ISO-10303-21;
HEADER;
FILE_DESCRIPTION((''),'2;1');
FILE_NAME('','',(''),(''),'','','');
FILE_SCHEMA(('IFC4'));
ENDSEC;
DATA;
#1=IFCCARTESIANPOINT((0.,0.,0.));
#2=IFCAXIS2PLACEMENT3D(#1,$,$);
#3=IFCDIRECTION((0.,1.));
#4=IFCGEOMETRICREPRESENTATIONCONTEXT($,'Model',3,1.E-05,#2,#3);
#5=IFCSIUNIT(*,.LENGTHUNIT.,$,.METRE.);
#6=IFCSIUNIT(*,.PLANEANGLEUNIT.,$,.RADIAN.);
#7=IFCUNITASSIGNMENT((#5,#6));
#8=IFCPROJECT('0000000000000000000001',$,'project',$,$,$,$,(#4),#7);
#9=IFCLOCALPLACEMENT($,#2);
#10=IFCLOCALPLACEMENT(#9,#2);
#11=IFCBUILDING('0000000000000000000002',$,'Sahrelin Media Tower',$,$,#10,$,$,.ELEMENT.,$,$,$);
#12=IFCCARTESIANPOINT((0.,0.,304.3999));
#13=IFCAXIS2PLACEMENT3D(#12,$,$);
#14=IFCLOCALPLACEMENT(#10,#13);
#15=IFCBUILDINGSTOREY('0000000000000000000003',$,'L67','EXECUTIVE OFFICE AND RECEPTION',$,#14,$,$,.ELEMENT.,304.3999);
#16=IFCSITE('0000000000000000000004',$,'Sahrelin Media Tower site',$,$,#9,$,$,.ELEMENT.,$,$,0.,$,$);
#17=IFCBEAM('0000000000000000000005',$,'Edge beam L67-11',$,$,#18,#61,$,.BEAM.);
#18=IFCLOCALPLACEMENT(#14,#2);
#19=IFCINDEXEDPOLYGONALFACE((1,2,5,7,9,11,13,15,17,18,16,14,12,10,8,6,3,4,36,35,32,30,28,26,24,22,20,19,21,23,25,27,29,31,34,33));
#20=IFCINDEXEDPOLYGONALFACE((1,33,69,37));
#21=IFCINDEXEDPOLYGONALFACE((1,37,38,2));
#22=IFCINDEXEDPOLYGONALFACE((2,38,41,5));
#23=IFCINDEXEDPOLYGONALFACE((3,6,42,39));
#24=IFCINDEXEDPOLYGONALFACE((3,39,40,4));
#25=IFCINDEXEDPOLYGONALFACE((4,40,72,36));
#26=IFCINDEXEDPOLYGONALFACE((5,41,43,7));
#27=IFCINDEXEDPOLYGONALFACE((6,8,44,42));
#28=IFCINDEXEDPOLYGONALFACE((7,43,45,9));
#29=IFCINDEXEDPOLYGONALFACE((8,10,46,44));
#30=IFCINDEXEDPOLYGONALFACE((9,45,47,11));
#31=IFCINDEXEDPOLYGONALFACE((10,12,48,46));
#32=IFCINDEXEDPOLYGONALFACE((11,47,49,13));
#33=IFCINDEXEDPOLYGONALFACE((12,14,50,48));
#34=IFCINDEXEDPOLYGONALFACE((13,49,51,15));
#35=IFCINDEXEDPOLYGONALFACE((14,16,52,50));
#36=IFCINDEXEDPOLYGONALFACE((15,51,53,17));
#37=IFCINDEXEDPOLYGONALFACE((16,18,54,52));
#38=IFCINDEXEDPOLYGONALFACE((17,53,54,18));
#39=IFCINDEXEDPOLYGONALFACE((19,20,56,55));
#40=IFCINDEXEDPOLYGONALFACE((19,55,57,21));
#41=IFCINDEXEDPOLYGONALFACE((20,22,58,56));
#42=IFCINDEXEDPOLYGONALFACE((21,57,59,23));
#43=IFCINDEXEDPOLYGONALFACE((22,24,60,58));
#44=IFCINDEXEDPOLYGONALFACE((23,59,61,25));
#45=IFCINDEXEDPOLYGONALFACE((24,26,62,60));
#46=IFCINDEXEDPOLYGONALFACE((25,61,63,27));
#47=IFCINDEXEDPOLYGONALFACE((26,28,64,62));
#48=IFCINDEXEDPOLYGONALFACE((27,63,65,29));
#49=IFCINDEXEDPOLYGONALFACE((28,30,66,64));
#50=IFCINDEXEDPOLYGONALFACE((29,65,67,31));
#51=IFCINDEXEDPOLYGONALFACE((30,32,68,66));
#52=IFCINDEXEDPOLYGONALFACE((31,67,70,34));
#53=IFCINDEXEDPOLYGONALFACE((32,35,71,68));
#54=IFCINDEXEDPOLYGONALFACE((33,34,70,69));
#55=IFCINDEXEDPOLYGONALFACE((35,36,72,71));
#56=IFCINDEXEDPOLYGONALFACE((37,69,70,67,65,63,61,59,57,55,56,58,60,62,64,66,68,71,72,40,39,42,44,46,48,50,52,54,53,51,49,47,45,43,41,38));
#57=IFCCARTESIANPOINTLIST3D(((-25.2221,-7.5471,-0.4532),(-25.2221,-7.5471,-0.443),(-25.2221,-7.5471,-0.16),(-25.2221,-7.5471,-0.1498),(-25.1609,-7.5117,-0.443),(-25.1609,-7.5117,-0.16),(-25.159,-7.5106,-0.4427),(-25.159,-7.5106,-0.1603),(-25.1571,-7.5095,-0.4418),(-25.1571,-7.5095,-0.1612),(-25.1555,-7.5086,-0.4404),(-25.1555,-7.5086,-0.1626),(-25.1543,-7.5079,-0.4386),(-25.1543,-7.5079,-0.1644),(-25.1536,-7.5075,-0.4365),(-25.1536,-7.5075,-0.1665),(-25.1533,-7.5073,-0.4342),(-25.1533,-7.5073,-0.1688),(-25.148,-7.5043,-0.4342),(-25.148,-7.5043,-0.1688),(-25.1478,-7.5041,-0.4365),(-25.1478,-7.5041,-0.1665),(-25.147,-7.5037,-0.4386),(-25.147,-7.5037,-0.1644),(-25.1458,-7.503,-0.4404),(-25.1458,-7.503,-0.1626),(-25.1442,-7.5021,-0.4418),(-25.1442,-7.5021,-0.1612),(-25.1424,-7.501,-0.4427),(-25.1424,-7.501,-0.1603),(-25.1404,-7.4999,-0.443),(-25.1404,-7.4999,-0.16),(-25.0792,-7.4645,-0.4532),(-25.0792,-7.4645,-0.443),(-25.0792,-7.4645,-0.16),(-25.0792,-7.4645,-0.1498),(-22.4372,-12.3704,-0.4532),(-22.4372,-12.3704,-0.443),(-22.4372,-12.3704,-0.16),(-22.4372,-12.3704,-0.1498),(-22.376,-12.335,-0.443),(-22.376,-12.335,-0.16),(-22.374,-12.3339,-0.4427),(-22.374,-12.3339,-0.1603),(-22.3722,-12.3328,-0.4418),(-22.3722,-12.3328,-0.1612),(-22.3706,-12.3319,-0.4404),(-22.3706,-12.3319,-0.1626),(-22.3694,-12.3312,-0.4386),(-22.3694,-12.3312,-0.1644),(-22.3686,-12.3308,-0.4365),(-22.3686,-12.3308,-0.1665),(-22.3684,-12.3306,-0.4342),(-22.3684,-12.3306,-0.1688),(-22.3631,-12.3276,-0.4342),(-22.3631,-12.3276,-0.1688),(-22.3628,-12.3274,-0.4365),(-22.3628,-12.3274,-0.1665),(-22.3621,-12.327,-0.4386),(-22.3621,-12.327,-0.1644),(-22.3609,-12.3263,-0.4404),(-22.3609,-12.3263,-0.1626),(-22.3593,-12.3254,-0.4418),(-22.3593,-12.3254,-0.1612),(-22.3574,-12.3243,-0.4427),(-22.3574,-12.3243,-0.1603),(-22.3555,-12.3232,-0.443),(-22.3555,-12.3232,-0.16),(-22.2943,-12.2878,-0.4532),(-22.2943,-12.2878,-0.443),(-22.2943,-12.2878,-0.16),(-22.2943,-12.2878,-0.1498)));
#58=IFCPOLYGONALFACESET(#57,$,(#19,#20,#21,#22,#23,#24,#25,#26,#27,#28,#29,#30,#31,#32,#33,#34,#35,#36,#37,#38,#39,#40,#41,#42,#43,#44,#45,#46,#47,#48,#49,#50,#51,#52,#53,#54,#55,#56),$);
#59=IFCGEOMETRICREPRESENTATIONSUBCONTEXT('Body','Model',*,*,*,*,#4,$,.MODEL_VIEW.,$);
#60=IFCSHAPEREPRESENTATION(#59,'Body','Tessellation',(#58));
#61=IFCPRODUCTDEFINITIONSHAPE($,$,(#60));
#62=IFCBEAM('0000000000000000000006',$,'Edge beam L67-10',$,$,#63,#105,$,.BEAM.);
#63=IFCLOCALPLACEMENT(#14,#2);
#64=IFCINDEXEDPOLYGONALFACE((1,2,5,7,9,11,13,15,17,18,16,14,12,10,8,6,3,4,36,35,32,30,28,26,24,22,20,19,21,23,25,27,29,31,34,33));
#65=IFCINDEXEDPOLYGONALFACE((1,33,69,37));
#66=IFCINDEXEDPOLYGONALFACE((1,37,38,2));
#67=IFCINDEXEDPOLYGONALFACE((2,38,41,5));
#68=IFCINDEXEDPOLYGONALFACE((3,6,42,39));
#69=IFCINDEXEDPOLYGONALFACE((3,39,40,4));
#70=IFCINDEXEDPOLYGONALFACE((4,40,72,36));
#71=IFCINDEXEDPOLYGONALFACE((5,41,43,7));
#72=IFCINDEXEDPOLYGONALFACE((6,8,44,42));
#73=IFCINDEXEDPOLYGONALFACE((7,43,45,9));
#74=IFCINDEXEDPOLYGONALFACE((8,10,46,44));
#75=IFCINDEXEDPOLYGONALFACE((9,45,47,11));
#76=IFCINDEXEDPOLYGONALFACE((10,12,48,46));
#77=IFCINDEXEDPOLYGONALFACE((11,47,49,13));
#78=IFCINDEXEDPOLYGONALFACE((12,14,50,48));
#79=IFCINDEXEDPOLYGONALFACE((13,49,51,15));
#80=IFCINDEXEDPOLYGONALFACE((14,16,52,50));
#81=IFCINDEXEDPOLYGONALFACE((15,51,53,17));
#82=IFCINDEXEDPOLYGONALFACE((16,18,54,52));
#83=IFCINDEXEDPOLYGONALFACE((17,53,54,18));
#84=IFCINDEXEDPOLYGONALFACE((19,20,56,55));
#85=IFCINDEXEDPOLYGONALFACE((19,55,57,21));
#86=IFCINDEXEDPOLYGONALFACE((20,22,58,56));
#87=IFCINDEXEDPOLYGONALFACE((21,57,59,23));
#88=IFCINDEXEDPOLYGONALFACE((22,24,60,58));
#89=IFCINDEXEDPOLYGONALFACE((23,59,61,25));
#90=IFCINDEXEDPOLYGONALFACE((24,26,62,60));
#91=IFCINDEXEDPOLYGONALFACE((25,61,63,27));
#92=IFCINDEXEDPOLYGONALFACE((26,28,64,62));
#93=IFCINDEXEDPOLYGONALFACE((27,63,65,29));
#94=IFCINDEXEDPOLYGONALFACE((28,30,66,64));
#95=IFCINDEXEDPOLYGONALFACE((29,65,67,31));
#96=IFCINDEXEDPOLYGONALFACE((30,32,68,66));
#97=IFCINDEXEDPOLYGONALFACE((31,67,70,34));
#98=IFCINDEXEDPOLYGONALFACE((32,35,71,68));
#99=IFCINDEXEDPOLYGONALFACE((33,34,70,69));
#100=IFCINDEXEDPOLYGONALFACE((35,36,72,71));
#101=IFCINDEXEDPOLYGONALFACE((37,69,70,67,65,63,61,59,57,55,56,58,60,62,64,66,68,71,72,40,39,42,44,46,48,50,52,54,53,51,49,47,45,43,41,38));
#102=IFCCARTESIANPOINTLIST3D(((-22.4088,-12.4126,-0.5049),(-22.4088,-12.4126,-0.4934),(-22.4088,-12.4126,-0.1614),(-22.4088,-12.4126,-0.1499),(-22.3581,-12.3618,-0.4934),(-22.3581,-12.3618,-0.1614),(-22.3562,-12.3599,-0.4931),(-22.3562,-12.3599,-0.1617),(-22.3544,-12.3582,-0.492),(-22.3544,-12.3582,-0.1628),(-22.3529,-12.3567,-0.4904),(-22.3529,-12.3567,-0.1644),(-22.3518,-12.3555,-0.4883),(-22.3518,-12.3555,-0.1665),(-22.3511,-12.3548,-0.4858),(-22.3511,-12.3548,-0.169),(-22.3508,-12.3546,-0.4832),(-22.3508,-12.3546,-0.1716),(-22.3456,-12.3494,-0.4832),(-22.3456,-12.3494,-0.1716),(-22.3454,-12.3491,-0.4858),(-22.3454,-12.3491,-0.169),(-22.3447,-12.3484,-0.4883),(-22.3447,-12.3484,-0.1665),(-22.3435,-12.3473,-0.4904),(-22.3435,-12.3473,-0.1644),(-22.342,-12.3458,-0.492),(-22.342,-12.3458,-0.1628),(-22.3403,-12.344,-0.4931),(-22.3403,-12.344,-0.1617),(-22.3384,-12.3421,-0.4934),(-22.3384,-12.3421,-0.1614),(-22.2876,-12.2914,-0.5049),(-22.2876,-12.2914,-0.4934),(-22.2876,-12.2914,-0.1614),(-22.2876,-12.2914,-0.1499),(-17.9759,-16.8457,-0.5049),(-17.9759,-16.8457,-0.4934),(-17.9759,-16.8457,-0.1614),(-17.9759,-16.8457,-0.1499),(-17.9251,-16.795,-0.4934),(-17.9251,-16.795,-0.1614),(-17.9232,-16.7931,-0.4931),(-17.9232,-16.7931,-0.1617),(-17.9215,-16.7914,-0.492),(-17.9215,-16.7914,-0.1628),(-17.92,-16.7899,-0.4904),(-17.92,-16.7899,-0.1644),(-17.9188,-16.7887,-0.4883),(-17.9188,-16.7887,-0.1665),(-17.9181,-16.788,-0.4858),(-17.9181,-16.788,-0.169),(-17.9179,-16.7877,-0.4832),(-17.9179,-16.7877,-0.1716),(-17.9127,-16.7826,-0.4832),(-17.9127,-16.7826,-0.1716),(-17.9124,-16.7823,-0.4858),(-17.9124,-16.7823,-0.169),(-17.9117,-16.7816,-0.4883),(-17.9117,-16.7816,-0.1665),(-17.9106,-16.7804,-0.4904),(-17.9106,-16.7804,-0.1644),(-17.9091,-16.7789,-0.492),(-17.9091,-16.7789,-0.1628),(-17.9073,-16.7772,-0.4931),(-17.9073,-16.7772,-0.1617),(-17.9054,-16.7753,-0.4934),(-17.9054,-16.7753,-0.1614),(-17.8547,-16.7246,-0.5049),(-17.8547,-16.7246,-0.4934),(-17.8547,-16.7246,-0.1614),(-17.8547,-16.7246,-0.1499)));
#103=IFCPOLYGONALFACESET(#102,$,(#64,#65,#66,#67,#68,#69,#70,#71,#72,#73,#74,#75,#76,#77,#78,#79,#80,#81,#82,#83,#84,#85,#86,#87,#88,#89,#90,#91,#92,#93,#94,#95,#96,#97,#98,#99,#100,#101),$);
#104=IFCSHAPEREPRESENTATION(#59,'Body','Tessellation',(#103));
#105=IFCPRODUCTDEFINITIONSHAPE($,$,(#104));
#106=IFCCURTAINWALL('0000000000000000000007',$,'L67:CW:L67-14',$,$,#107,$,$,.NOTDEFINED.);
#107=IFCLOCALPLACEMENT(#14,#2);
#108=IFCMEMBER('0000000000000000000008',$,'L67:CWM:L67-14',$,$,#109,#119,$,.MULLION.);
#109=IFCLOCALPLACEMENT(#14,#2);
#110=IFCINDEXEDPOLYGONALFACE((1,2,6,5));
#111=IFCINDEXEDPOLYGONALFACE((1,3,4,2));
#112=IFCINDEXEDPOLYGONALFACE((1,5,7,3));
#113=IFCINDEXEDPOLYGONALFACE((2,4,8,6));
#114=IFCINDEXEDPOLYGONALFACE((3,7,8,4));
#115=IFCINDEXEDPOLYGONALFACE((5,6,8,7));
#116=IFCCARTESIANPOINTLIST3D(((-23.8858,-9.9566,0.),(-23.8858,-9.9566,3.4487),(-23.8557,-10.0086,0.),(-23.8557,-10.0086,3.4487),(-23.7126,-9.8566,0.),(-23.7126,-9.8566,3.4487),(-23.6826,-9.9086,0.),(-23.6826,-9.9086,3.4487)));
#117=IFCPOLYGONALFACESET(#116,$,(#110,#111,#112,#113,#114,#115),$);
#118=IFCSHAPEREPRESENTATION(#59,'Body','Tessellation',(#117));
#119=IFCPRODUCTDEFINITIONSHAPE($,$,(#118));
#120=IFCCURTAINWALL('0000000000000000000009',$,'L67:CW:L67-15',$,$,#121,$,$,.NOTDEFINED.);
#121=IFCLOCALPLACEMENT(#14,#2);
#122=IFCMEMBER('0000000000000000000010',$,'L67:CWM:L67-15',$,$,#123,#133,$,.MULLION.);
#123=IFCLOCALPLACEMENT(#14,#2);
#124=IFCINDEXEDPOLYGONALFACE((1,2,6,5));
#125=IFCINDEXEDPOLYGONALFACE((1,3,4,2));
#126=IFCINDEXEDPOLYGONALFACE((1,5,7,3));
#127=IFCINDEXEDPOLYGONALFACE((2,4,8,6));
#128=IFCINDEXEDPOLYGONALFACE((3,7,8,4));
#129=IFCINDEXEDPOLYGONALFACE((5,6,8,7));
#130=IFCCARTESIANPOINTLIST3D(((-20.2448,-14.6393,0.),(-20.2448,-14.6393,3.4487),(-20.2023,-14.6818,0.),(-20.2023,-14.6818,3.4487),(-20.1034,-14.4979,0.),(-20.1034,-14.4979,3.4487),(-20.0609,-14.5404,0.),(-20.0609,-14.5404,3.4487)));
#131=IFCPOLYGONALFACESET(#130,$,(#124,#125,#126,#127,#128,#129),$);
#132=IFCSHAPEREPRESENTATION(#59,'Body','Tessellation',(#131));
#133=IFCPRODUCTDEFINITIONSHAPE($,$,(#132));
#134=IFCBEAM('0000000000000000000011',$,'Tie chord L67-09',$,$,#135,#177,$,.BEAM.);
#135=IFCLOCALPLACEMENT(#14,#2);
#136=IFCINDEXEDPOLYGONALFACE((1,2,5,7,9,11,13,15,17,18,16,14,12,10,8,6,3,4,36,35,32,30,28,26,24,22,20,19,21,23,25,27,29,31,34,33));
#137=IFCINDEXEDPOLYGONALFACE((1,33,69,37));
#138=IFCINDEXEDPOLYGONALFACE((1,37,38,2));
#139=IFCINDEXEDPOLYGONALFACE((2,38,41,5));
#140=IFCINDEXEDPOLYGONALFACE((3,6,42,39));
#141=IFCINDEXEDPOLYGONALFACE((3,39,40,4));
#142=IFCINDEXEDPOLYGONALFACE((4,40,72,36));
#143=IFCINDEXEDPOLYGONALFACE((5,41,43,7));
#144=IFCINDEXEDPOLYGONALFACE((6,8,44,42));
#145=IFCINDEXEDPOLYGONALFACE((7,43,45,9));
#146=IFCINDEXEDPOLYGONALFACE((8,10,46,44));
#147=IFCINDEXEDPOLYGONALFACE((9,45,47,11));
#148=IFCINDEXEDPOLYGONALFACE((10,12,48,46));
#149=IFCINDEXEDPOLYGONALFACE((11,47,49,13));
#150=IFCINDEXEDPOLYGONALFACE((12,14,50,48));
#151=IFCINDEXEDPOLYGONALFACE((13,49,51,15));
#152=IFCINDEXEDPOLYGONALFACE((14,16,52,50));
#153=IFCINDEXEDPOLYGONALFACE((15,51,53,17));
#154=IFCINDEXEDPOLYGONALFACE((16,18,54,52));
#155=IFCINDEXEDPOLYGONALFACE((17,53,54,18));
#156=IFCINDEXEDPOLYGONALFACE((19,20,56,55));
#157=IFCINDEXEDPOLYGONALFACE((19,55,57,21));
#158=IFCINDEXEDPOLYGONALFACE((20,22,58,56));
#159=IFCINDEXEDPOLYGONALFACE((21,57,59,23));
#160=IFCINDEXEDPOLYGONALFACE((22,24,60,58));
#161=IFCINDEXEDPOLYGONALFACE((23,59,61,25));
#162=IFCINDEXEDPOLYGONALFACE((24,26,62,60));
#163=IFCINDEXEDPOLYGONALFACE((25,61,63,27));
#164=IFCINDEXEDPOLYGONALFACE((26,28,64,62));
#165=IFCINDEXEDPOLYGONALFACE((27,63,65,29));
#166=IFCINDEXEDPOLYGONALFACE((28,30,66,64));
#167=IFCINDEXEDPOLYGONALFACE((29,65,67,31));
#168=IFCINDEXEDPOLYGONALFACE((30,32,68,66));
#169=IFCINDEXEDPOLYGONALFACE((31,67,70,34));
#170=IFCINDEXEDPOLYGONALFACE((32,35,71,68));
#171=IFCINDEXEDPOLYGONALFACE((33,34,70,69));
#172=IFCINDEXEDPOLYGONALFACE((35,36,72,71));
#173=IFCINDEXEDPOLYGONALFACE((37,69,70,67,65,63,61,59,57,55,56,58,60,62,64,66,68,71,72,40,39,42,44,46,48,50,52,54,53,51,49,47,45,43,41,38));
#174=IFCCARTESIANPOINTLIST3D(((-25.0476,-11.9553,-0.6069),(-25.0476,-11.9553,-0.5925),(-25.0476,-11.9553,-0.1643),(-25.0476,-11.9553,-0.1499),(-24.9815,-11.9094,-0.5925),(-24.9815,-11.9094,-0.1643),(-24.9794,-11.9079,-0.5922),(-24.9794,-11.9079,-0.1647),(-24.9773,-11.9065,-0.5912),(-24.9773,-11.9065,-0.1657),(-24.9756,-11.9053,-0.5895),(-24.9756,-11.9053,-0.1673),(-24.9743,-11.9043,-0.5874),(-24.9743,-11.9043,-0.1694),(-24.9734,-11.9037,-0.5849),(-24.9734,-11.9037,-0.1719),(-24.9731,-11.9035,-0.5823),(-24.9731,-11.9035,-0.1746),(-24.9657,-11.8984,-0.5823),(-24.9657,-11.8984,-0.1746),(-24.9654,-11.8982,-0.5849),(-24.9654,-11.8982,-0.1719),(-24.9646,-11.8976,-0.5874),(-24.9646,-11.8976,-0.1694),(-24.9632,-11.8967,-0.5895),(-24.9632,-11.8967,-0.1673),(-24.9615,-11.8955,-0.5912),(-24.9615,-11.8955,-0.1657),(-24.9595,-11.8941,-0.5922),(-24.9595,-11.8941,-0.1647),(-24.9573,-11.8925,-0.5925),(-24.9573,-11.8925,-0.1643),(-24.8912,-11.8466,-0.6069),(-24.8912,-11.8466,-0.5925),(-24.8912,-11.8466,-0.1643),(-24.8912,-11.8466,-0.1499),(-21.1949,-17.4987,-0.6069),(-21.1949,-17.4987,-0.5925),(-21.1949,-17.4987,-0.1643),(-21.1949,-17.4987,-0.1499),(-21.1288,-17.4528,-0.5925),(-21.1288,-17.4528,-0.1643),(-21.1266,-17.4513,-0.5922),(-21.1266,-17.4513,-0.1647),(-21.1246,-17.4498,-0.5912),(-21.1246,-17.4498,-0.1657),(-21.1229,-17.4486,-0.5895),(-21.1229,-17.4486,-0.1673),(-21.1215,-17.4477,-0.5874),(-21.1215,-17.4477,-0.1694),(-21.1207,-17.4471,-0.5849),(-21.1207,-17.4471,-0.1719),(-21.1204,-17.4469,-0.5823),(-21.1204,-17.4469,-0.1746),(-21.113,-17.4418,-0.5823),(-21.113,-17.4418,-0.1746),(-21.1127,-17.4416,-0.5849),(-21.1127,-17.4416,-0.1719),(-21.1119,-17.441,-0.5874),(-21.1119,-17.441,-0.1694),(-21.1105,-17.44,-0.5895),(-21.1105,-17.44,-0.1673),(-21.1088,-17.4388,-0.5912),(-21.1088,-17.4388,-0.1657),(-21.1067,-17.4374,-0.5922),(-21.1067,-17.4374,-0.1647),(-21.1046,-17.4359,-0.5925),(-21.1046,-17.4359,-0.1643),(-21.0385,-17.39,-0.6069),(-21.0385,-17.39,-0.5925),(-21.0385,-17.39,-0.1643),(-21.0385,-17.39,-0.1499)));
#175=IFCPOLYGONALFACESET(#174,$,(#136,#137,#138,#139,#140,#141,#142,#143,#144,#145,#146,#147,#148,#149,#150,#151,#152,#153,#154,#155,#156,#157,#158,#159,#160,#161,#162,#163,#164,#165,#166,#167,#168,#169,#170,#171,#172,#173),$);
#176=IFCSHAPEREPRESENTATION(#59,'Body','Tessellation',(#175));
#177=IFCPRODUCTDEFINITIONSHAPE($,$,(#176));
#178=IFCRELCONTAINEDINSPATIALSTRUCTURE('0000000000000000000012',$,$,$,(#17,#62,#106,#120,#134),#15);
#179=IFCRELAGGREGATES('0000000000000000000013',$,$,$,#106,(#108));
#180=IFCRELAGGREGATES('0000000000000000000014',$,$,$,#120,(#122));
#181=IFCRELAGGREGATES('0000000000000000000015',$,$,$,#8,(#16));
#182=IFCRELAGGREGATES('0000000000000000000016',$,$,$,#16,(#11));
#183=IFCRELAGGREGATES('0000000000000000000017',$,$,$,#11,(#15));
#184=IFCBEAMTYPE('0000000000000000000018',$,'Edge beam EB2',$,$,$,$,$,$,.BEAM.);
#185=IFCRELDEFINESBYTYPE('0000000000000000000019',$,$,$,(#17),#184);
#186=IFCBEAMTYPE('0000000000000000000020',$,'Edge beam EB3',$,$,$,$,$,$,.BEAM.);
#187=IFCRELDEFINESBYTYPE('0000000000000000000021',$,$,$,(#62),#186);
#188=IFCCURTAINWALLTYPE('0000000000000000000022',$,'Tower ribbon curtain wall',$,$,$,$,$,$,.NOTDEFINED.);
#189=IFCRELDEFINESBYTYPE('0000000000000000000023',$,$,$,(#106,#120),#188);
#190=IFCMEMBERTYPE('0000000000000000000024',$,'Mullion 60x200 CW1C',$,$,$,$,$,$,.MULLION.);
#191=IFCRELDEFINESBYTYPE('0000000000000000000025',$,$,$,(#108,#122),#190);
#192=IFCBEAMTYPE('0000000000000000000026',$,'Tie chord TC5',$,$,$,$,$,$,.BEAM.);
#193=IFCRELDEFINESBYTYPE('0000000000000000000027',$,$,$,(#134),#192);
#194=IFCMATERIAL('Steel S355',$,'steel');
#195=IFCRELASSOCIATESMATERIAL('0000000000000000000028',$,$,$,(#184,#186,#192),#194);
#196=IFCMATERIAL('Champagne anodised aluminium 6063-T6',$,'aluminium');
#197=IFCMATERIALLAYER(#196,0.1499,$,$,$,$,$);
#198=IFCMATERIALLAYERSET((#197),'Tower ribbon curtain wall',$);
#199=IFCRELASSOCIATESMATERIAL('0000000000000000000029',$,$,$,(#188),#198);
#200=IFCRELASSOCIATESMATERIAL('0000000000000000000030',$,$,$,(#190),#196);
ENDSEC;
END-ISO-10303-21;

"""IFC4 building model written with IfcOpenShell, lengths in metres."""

from ifc_helpers import new_model, si_unit, direction, frame, origin, origin_2d, place, context, subcontext, project, spatial, rectangle, i_section, extrude, material, layer, layer_set, material_profile, profile_set, type_object, element, aggregate, save


model = new_model("IFC4")

# Units and contexts
model_context = context("Model", 3, precision=1e-05, world=origin(), true_north=direction((0.0, 1.0)))
body_context = subcontext(model_context, "Body", "Model", "MODEL_VIEW")
ifc_project = project(units=[si_unit("LENGTHUNIT", "METRE"), si_unit("PLANEANGLEUNIT", "RADIAN")], contexts=[model_context])

# Site, building, storey
site_placement = place(None, origin())
site = spatial("IfcSite", under=ifc_project, at=site_placement, Name="Sahrelin Media Tower site", CompositionType="ELEMENT", RefElevation=0.0)
building_placement = place(site_placement, origin())
building = spatial("IfcBuilding", under=site, at=building_placement, Name="Sahrelin Media Tower", CompositionType="ELEMENT")
storey_placement = place(building_placement, frame((0.0, 0.0, 304.3999)))
storey = spatial("IfcBuildingStorey", under=building, at=storey_placement, Name="L67", Description="EXECUTIVE OFFICE AND RECEPTION", CompositionType="ELEMENT", Elevation=304.3999)

# Beams
ifc_material_1 = material(Name="Steel S355", Category="steel")
ifc_material_profile_1 = material_profile(ifc_material_1, i_section(OverallWidth=0.165, OverallDepth=0.3035, WebThickness=0.0061, FlangeThickness=0.0103, FilletRadius=0.0088, at=origin_2d()), Name="UB 305x165x40")
ifc_profile_set_1 = profile_set([ifc_material_profile_1], Name="Steel S355")
beam_type_1 = type_object("IfcBeamType", Name="Edge beam EB2", PredefinedType="BEAM", material=ifc_profile_set_1)
beam_1_placement = place(storey_placement, frame((-22.3657, -12.3291, -0.3015), z_axis=(-0.500029, 0.866009, 0.0), x_axis=(-0.866009, -0.500029, 0.0)))
element("IfcBeam", 1, at=beam_1_placement, inside=storey, type_object=beam_type_1, Name="Edge beam L67-11", PredefinedType="BEAM", context=body_context, shape_type="SweptSolid", body=[
    extrude(i_section(OverallWidth=0.165, OverallDepth=0.3035, WebThickness=0.0061, FlangeThickness=0.0103, FilletRadius=0.0088, at=origin_2d()), origin(), (0.0, 0.0, 1.0), 5.5696),
])
ifc_material_profile_2 = material_profile(ifc_material_1, i_section(OverallWidth=0.1714, OverallDepth=0.355, WebThickness=0.0073, FlangeThickness=0.0115, FilletRadius=0.0103, at=origin_2d()), Name="UB 356x171x51")
ifc_profile_set_2 = profile_set([ifc_material_profile_2], Name="Steel S355")
beam_type_2 = type_object("IfcBeamType", Name="Edge beam EB3", PredefinedType="BEAM", material=ifc_profile_set_2)
beam_2_placement = place(storey_placement, frame((-17.9153, -16.7852, -0.3274), z_axis=(-0.707087, 0.707126, 0.0), x_axis=(-0.707126, -0.707087, 0.0)))
element("IfcBeam", 2, at=beam_2_placement, inside=storey, type_object=beam_type_2, Name="Edge beam L67-10", PredefinedType="BEAM", context=body_context, shape_type="SweptSolid", body=[
    extrude(i_section(OverallWidth=0.1714, OverallDepth=0.355, WebThickness=0.0073, FlangeThickness=0.0115, FilletRadius=0.0103, at=origin_2d()), origin(), (0.0, 0.0, 1.0), 6.2693),
])

# Curtain walls, members
ifc_material_2 = material(Name="Champagne anodised aluminium 6063-T6", Category="aluminium")
ifc_layer_1 = layer(ifc_material_2, 0.1499)
ifc_layer_set_1 = layer_set([ifc_layer_1], Name="Tower ribbon curtain wall")
curtain_wall_type = type_object("IfcCurtainWallType", Name="Tower ribbon curtain wall", PredefinedType="NOTDEFINED", material=ifc_layer_set_1)
curtain_wall_1_placement = place(storey_placement, frame((-23.8882, -9.9924, 0.0), z_axis=(0.0, 0.0, 1.0), x_axis=(1.0, 0.0, 0.0)))
curtain_wall_1 = element("IfcCurtainWall", 3, at=curtain_wall_1_placement, inside=storey, type_object=curtain_wall_type, Name="L67:CW:L67-14", PredefinedType="NOTDEFINED")
ifc_material_profile_3 = material_profile(ifc_material_2, rectangle(XDim=0.0601, YDim=0.2, at=origin_2d()), Name="Mullion 60x200")
ifc_profile_set_3 = profile_set([ifc_material_profile_3], Name="Champagne anodised aluminium 6063-T6")
member_type_1 = type_object("IfcMemberType", Name="Mullion 60x200 CW1C", PredefinedType="MULLION", material=ifc_profile_set_3)
member_1_placement = place(storey_placement, frame((-23.7842, -9.9326, 0.0), z_axis=(0.0, 0.0, 1.0), x_axis=(0.500002, -0.866025, 0.0)))
member_1 = element("IfcMember", 4, at=member_1_placement, type_object=member_type_1, Name="L67:CWM:L67-14", PredefinedType="MULLION", context=body_context, shape_type="SweptSolid", body=[
    extrude(rectangle(XDim=0.0601, YDim=0.2, at=origin_2d()), origin(), (0.0, 0.0, 1.0), 3.4487),
])
curtain_wall_2_placement = place(storey_placement, frame((-20.2378, -14.6746, 0.0), z_axis=(0.0, 0.0, 1.0), x_axis=(1.0, 0.0, 0.0)))
curtain_wall_2 = element("IfcCurtainWall", 5, at=curtain_wall_2_placement, inside=storey, type_object=curtain_wall_type, Name="L67:CW:L67-15", PredefinedType="NOTDEFINED")
member_2_placement = place(storey_placement, frame((-20.1528, -14.5898, 0.0), z_axis=(0.0, 0.0, 1.0), x_axis=(0.707107, -0.707107, 0.0)))
member_2 = element("IfcMember", 6, at=member_2_placement, type_object=member_type_1, Name="L67:CWM:L67-15", PredefinedType="MULLION", context=body_context, shape_type="SweptSolid", body=[
    extrude(rectangle(XDim=0.0601, YDim=0.2, at=origin_2d()), origin(), (0.0, 0.0, 1.0), 3.4487),
])

# Beam
ifc_material_profile_4 = material_profile(ifc_material_1, i_section(OverallWidth=0.1904, OverallDepth=0.457, WebThickness=0.009, FlangeThickness=0.0144, FilletRadius=0.0103, at=origin_2d()), Name="UB 457x191x74")
ifc_profile_set_4 = profile_set([ifc_material_profile_4], Name="Steel S355")
beam_type_3 = type_object("IfcBeamType", Name="Tie chord TC5", PredefinedType="BEAM", material=ifc_profile_set_4)
beam_3_placement = place(storey_placement, frame((-21.1167, -17.4443, -0.3784), z_axis=(-0.570712, 0.821151, 0.0), x_axis=(-0.821151, -0.570712, 0.0)))
element("IfcBeam", 7, at=beam_3_placement, inside=storey, type_object=beam_type_3, Name="Tie chord L67-09", PredefinedType="BEAM", context=body_context, shape_type="SweptSolid", body=[
    extrude(i_section(OverallWidth=0.1904, OverallDepth=0.457, WebThickness=0.009, FlangeThickness=0.0144, FilletRadius=0.0103, at=origin_2d()), origin(), (0.0, 0.0, 1.0), 6.7507),
])

aggregate(curtain_wall_1, [member_1])
aggregate(curtain_wall_2, [member_2])

save(model, "model.ifc")
